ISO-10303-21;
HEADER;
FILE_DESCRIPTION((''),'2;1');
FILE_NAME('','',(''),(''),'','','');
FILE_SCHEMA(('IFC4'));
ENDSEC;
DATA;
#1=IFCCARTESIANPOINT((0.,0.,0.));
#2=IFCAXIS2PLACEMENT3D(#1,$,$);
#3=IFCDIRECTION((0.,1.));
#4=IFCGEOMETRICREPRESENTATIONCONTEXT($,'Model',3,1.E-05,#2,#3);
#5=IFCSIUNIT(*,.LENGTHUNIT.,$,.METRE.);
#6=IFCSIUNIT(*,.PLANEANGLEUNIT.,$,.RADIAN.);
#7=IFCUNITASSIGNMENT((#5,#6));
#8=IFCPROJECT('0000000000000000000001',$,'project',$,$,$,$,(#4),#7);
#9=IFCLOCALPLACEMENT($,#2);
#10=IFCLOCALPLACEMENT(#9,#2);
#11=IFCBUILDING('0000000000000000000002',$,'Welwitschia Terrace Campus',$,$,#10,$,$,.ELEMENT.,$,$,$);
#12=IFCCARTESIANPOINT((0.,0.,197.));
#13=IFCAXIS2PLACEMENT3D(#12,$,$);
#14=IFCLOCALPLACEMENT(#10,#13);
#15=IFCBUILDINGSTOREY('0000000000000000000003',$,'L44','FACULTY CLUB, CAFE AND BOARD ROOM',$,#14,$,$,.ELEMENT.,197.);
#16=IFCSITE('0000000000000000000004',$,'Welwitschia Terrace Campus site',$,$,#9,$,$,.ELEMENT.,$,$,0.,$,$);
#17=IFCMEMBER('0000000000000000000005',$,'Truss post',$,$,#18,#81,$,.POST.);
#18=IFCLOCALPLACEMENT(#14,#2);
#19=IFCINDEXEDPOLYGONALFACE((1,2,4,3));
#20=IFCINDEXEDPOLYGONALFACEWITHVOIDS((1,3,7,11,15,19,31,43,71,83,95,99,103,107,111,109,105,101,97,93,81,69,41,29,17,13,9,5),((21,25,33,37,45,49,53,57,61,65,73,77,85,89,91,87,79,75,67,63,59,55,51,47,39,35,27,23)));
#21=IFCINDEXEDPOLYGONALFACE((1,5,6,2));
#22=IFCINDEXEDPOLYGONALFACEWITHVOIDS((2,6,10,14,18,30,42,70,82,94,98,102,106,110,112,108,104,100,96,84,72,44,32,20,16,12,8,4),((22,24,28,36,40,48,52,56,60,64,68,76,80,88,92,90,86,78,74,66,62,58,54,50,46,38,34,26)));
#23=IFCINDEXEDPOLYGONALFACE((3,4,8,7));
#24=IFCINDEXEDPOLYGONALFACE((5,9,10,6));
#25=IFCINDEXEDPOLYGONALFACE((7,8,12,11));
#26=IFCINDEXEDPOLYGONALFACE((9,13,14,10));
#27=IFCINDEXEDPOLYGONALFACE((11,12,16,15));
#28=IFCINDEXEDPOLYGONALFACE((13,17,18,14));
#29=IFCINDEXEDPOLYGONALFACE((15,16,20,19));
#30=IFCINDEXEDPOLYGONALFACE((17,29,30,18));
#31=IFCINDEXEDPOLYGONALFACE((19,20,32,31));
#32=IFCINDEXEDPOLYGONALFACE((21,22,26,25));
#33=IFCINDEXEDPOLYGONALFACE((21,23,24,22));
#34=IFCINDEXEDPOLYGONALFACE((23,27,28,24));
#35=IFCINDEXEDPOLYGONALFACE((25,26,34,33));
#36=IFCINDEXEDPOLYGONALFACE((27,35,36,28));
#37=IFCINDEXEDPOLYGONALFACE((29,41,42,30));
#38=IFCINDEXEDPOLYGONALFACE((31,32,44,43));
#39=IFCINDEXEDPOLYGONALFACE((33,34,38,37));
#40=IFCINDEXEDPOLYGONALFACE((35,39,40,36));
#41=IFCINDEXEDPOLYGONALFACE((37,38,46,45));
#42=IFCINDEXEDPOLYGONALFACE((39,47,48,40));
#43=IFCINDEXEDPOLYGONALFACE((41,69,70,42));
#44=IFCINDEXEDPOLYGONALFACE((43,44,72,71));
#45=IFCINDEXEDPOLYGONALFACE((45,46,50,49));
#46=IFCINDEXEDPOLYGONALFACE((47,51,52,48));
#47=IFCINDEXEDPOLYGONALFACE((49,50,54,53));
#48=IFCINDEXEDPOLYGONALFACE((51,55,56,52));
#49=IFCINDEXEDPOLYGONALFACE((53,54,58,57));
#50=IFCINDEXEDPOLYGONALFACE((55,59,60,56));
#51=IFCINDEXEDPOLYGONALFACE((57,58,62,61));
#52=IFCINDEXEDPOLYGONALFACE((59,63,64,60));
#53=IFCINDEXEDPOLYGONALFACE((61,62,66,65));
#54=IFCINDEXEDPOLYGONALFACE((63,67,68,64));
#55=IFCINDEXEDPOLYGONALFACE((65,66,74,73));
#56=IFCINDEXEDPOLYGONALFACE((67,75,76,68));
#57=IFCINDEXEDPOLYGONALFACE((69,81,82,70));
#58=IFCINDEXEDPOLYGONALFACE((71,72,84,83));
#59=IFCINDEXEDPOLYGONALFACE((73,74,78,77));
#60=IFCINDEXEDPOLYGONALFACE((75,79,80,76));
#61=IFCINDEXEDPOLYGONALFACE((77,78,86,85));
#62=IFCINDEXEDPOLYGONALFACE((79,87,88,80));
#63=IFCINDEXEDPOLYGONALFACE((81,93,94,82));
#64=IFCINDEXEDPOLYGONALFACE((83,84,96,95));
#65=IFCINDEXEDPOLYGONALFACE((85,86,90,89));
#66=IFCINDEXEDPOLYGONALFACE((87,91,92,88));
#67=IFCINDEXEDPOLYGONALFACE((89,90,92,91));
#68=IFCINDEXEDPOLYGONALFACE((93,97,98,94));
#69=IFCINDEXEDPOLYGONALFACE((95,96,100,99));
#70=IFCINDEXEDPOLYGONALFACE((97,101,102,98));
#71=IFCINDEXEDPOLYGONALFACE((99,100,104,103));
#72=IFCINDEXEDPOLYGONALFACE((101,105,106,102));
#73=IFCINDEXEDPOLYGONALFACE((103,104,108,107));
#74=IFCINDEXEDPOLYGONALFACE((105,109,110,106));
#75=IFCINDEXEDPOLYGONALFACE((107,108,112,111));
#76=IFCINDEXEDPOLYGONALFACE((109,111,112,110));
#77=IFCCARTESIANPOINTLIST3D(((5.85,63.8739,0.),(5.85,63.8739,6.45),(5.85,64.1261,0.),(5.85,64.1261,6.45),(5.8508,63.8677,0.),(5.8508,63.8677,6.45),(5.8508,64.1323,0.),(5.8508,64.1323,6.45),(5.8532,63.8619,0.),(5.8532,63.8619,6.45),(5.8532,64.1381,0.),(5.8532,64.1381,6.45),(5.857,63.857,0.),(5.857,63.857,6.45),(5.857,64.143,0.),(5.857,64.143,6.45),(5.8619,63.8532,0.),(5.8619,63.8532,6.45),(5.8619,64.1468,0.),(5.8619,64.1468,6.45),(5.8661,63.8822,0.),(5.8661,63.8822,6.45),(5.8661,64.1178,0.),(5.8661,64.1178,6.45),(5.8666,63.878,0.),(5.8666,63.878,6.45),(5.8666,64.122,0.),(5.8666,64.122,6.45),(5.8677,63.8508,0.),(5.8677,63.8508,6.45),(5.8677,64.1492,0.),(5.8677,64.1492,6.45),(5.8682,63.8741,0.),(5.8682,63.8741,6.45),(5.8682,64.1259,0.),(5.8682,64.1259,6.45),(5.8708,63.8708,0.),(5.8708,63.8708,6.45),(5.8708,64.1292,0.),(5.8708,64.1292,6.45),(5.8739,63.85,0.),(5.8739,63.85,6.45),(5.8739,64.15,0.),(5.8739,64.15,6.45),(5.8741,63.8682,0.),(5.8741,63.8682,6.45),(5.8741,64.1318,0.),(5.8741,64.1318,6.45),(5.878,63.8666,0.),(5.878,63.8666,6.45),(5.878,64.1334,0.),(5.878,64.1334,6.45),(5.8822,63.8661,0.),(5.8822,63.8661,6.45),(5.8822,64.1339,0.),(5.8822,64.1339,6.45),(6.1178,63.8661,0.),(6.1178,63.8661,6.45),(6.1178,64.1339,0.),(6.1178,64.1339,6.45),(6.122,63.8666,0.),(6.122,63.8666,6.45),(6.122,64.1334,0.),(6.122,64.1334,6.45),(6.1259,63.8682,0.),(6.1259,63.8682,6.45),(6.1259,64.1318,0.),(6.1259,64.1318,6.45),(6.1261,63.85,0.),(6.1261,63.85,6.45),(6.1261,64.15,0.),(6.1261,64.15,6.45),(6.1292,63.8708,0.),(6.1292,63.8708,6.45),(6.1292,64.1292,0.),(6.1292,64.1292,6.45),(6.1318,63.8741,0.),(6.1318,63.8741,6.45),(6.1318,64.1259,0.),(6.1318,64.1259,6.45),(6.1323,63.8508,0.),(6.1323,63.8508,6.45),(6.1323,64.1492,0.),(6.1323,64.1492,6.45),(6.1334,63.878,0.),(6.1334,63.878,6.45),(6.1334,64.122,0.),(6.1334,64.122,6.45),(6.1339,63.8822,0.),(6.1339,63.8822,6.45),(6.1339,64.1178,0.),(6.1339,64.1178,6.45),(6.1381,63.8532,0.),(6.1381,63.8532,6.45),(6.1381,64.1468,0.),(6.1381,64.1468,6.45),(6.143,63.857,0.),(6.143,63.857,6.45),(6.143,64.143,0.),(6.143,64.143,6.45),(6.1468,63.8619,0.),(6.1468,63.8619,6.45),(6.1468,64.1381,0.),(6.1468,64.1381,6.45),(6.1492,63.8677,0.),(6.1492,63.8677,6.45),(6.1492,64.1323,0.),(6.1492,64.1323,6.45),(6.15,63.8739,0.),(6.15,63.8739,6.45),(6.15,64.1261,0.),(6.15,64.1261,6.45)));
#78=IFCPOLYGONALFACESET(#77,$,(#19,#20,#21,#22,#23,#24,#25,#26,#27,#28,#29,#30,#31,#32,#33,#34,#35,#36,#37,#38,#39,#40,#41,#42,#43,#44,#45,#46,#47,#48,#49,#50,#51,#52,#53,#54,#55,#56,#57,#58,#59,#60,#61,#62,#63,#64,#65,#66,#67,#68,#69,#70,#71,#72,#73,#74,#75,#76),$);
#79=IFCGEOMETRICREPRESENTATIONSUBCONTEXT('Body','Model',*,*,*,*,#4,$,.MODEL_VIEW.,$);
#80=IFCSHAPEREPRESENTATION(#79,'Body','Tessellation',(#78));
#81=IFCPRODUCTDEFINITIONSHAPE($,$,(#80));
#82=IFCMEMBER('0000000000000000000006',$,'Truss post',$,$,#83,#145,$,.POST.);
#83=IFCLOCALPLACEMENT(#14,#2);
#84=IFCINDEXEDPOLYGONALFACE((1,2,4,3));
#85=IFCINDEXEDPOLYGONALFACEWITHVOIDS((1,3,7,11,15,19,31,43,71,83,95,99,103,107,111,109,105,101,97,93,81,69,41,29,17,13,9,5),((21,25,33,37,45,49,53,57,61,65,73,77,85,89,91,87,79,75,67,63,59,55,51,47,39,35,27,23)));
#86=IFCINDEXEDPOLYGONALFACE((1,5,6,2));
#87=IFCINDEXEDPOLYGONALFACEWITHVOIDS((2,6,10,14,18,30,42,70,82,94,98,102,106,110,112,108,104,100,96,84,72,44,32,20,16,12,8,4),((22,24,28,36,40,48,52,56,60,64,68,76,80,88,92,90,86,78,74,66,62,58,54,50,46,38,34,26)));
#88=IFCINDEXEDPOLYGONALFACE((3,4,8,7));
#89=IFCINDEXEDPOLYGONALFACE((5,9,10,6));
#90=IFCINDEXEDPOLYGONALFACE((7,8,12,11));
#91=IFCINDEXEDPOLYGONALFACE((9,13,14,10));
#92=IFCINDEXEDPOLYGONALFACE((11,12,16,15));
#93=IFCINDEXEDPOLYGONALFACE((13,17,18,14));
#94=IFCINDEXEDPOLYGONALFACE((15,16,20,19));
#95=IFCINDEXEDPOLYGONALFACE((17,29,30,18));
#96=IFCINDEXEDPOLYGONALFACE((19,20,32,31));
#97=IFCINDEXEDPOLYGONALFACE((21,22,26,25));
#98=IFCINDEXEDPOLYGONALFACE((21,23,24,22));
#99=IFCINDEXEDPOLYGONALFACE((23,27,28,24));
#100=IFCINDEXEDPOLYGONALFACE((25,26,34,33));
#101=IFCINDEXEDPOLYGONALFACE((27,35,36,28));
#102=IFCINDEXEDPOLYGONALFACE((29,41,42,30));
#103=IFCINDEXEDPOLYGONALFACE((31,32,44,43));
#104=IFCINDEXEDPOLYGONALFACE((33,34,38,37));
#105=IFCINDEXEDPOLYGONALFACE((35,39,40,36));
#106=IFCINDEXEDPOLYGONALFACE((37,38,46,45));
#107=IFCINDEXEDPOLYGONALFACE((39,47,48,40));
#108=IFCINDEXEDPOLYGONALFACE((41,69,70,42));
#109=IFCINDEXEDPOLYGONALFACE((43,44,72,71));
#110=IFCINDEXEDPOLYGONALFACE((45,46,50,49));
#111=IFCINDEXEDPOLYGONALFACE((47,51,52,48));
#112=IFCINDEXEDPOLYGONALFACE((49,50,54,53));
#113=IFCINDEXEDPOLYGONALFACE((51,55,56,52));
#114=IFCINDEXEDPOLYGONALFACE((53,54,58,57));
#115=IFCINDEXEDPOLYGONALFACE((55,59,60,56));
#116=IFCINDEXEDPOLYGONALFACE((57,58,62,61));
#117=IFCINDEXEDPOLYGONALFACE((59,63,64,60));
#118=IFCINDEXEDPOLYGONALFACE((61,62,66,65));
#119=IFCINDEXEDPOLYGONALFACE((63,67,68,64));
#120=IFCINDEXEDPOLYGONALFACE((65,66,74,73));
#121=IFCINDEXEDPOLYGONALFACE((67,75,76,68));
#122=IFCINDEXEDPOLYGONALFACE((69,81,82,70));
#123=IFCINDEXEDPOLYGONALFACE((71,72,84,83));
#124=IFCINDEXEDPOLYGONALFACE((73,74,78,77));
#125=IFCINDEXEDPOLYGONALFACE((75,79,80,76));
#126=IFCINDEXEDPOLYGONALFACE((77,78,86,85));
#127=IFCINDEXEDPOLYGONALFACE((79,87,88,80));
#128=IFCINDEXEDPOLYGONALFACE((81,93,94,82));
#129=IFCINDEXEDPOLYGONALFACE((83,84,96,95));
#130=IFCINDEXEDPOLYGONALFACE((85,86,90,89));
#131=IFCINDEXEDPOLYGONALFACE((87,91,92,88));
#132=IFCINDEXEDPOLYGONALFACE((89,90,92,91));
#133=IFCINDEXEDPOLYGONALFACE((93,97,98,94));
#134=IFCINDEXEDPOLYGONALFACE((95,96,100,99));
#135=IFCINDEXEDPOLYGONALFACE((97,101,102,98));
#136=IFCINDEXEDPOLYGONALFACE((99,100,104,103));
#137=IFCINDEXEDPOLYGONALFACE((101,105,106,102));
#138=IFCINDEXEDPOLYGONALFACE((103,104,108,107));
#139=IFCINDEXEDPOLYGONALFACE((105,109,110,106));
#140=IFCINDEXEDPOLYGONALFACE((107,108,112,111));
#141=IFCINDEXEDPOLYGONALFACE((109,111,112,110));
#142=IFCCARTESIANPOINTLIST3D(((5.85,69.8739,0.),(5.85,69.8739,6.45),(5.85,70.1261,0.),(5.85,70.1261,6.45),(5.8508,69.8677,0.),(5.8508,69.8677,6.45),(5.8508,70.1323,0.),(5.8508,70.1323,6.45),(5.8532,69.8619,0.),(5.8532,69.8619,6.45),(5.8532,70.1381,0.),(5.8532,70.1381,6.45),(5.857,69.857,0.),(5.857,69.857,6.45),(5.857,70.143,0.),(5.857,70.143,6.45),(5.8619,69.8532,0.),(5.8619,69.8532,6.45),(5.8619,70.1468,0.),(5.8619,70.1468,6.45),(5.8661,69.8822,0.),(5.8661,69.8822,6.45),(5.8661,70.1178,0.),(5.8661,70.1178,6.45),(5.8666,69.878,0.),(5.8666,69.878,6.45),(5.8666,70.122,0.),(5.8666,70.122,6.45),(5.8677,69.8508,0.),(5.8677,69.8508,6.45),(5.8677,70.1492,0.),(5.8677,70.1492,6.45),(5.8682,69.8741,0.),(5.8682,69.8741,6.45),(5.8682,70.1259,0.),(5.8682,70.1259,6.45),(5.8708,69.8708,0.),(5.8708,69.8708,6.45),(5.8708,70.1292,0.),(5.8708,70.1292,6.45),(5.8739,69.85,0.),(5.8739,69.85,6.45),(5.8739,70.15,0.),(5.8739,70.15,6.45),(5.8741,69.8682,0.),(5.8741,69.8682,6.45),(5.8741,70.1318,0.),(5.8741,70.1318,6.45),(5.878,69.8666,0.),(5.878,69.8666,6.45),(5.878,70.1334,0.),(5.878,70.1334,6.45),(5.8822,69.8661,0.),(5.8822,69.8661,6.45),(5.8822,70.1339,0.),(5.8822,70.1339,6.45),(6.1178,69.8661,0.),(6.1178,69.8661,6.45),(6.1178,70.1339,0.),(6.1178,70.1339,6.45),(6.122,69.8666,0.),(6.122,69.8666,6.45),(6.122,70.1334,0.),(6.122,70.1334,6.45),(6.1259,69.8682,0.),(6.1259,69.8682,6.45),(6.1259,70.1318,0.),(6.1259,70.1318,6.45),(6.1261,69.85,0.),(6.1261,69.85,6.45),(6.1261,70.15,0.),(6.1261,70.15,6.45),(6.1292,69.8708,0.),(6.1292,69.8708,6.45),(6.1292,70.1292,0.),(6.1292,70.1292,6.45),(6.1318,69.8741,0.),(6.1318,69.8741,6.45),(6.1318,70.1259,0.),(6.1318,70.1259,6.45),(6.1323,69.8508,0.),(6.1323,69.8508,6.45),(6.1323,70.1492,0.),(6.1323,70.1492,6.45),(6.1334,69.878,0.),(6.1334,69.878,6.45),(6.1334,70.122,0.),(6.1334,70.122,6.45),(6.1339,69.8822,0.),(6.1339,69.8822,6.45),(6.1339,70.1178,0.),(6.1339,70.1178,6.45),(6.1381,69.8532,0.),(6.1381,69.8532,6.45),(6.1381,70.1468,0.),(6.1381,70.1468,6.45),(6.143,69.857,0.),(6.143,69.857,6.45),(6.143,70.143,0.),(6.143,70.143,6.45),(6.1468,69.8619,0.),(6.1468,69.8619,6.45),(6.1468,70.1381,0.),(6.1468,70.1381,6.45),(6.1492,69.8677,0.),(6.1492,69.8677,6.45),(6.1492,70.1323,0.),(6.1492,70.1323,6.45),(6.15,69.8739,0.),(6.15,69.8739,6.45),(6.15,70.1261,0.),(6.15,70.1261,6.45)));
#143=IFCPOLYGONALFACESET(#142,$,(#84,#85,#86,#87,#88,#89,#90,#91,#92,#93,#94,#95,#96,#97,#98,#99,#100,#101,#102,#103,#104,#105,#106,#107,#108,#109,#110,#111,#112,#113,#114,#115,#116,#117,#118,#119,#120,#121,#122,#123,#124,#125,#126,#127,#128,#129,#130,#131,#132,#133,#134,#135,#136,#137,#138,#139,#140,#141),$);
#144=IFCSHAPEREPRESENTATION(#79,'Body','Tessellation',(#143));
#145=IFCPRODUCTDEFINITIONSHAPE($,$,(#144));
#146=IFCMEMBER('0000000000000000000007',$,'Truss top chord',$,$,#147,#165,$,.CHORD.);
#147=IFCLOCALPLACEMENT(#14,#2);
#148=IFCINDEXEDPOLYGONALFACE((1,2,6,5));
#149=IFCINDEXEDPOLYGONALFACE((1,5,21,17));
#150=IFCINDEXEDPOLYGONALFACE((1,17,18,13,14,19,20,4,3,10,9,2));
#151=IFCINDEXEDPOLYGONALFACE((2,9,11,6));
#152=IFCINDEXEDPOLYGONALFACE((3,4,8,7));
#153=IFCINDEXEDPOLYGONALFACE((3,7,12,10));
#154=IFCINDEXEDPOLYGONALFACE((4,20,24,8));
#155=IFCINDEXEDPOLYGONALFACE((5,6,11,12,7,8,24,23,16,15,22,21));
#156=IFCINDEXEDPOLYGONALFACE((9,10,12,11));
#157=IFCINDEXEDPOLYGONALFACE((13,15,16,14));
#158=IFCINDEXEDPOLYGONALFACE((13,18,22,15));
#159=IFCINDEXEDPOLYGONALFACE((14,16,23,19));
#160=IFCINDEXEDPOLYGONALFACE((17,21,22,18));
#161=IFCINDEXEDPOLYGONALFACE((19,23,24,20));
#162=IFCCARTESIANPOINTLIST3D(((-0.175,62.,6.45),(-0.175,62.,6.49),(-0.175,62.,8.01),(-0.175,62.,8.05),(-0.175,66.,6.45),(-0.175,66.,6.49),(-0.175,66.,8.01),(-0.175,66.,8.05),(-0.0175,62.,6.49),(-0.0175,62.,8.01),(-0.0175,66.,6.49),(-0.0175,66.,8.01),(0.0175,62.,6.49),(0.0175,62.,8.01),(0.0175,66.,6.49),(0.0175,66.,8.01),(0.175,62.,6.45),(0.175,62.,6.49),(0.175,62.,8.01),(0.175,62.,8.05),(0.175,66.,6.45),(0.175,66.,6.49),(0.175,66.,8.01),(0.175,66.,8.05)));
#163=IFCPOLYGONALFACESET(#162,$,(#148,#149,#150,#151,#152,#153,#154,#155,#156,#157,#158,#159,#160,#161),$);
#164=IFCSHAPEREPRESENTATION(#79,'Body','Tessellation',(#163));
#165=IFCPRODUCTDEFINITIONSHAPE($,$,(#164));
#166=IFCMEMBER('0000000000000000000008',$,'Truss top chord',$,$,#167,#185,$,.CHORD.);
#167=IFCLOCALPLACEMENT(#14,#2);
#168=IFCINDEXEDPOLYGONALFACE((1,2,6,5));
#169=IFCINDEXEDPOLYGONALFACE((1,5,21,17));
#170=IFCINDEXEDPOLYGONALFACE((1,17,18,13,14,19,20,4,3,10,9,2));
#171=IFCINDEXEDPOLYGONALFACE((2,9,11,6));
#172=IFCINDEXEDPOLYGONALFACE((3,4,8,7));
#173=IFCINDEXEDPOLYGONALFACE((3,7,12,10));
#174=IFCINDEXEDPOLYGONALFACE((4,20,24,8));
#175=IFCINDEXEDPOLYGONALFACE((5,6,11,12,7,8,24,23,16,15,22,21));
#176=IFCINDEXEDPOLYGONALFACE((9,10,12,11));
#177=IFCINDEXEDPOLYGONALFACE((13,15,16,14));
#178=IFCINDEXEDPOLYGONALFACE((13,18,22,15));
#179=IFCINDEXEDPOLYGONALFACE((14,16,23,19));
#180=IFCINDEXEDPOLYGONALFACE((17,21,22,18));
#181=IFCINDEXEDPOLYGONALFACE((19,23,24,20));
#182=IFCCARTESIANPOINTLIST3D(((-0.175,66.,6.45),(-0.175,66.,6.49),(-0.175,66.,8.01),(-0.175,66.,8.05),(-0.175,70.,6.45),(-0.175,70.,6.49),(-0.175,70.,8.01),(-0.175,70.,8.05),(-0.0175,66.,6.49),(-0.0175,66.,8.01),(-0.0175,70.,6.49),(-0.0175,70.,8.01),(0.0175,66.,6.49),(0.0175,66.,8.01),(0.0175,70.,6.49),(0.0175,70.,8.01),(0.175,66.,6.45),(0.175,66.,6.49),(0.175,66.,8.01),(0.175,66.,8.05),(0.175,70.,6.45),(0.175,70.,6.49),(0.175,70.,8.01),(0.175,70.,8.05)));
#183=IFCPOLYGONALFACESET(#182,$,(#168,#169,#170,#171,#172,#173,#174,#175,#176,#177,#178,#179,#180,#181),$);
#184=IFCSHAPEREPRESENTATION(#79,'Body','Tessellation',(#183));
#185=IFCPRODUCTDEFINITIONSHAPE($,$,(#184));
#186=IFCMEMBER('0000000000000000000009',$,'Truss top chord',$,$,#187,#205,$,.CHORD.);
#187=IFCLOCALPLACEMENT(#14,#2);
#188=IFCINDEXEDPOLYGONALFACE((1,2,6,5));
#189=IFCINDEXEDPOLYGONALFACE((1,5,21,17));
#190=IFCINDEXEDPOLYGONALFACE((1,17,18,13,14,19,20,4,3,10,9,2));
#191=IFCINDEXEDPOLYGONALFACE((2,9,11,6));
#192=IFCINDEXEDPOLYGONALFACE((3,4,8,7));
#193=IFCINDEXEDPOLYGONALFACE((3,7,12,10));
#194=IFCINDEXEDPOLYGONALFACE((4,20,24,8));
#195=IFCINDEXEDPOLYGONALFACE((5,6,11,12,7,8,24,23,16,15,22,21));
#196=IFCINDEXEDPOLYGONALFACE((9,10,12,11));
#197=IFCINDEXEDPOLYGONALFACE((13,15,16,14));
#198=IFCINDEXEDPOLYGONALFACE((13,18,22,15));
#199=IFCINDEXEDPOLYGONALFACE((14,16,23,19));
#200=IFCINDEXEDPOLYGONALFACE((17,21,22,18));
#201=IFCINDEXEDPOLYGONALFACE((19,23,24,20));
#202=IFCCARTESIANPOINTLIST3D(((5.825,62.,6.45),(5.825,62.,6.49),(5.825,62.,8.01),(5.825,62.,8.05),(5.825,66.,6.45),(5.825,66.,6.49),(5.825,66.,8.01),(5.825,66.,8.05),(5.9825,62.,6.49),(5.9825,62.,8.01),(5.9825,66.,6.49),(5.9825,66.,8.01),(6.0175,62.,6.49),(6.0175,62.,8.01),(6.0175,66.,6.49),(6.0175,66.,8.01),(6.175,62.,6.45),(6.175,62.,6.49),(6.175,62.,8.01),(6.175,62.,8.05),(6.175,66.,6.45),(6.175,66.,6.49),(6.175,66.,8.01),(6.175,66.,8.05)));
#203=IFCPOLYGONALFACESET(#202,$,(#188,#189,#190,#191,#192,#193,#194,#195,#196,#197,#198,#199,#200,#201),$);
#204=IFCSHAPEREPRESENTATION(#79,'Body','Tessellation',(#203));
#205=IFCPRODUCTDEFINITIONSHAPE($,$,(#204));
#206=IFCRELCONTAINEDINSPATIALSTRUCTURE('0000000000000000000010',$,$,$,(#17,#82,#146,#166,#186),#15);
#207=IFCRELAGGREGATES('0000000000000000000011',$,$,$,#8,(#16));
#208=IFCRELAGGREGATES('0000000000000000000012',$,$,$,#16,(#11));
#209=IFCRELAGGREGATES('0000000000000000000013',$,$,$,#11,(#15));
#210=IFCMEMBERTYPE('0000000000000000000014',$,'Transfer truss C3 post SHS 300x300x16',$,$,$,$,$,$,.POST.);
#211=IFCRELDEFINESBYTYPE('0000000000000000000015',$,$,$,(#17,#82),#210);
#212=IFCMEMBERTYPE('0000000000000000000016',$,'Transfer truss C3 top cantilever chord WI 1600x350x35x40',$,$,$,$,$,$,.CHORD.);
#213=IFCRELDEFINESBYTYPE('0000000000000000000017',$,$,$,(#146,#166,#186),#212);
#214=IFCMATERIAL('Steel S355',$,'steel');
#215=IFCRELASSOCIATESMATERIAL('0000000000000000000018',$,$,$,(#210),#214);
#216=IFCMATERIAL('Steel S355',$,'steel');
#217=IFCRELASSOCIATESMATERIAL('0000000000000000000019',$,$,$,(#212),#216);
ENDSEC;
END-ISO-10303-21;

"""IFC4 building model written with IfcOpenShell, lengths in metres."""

from ifc_helpers import new_model, si_unit, direction, frame, origin, origin_2d, place, context, subcontext, project, spatial, hollow_rectangle, i_section, extrude, material, material_profile, profile_set, type_object, element, save


model = new_model("IFC4")

# Units and contexts
model_context = context("Model", 3, precision=1e-05, world=origin(), true_north=direction((0.0, 1.0)))
body_context = subcontext(model_context, "Body", "Model", "MODEL_VIEW")
ifc_project = project(units=[si_unit("LENGTHUNIT", "METRE"), si_unit("PLANEANGLEUNIT", "RADIAN")], contexts=[model_context])

# Site, building, storey
site_placement = place(None, origin())
site = spatial("IfcSite", under=ifc_project, at=site_placement, Name="Welwitschia Terrace Campus site", CompositionType="ELEMENT", RefElevation=0.0)
building_placement = place(site_placement, origin())
building = spatial("IfcBuilding", under=site, at=building_placement, Name="Welwitschia Terrace Campus", CompositionType="ELEMENT")
storey_placement = place(building_placement, frame((0.0, 0.0, 197.0)))
storey = spatial("IfcBuildingStorey", under=building, at=storey_placement, Name="L44", Description="FACULTY CLUB, CAFE AND BOARD ROOM", CompositionType="ELEMENT", Elevation=197.0)

# Members
ifc_material_1 = material(Name="Steel S355", Category="steel")
ifc_material_profile_1 = material_profile(ifc_material_1, hollow_rectangle(XDim=0.3, YDim=0.3, WallThickness=0.0161, InnerFilletRadius=0.0161, OuterFilletRadius=0.0239, at=origin_2d()))
ifc_profile_set_1 = profile_set([ifc_material_profile_1], Name="Steel S355")
member_type_1 = type_object("IfcMemberType", Name="Transfer truss C3 post SHS 300x300x16", PredefinedType="POST", material=ifc_profile_set_1)
for number, where, z_axis, x_axis, name in (
    (1, (6.0, 64.0, 0.0), (0.0, 0.0, 1.0), (1.0, 0.0, 0.0), "Truss post"),
    (2, (6.0, 70.0, 0.0), (0.0, 0.0, 1.0), (1.0, 0.0, 0.0), "Truss post"),
):
    element("IfcMember", number, at=place(storey_placement, frame(where, z_axis=z_axis, x_axis=x_axis)), inside=storey, type_object=member_type_1, Name=name, PredefinedType="POST", context=body_context, shape_type="SweptSolid", body=[
        extrude(hollow_rectangle(XDim=0.3, YDim=0.3, WallThickness=0.0161, InnerFilletRadius=0.0161, OuterFilletRadius=0.0239, at=origin_2d()), origin(), (0.0, 0.0, 1.0), 6.45),
    ])
ifc_material_2 = material(Name="Steel S355", Category="steel")
ifc_material_profile_2 = material_profile(ifc_material_2, i_section(OverallWidth=0.3501, OverallDepth=1.6001, WebThickness=0.0349, FlangeThickness=0.04, at=origin_2d()))
ifc_profile_set_2 = profile_set([ifc_material_profile_2], Name="Steel S355")
member_type_2 = type_object("IfcMemberType", Name="Transfer truss C3 top cantilever chord WI 1600x350x35x40", PredefinedType="CHORD", material=ifc_profile_set_2)
for number, where, z_axis, x_axis, name in (
    (3, (0.0, 62.0, 7.25), (0.0, 1.0, 0.0), (-1.0, 0.0, 0.0), "Truss top chord"),
    (4, (0.0, 66.0, 7.25), (0.0, 1.0, 0.0), (-1.0, 0.0, 0.0), "Truss top chord"),
    (5, (6.0, 62.0, 7.25), (0.0, 1.0, 0.0), (-1.0, 0.0, 0.0), "Truss top chord"),
):
    element("IfcMember", number, at=place(storey_placement, frame(where, z_axis=z_axis, x_axis=x_axis)), inside=storey, type_object=member_type_2, Name=name, PredefinedType="CHORD", context=body_context, shape_type="SweptSolid", body=[
        extrude(i_section(OverallWidth=0.3501, OverallDepth=1.6001, WebThickness=0.0349, FlangeThickness=0.04, at=origin_2d()), origin(), (0.0, 0.0, 1.0), 4.0),
    ])

save(model, "model.ifc")
